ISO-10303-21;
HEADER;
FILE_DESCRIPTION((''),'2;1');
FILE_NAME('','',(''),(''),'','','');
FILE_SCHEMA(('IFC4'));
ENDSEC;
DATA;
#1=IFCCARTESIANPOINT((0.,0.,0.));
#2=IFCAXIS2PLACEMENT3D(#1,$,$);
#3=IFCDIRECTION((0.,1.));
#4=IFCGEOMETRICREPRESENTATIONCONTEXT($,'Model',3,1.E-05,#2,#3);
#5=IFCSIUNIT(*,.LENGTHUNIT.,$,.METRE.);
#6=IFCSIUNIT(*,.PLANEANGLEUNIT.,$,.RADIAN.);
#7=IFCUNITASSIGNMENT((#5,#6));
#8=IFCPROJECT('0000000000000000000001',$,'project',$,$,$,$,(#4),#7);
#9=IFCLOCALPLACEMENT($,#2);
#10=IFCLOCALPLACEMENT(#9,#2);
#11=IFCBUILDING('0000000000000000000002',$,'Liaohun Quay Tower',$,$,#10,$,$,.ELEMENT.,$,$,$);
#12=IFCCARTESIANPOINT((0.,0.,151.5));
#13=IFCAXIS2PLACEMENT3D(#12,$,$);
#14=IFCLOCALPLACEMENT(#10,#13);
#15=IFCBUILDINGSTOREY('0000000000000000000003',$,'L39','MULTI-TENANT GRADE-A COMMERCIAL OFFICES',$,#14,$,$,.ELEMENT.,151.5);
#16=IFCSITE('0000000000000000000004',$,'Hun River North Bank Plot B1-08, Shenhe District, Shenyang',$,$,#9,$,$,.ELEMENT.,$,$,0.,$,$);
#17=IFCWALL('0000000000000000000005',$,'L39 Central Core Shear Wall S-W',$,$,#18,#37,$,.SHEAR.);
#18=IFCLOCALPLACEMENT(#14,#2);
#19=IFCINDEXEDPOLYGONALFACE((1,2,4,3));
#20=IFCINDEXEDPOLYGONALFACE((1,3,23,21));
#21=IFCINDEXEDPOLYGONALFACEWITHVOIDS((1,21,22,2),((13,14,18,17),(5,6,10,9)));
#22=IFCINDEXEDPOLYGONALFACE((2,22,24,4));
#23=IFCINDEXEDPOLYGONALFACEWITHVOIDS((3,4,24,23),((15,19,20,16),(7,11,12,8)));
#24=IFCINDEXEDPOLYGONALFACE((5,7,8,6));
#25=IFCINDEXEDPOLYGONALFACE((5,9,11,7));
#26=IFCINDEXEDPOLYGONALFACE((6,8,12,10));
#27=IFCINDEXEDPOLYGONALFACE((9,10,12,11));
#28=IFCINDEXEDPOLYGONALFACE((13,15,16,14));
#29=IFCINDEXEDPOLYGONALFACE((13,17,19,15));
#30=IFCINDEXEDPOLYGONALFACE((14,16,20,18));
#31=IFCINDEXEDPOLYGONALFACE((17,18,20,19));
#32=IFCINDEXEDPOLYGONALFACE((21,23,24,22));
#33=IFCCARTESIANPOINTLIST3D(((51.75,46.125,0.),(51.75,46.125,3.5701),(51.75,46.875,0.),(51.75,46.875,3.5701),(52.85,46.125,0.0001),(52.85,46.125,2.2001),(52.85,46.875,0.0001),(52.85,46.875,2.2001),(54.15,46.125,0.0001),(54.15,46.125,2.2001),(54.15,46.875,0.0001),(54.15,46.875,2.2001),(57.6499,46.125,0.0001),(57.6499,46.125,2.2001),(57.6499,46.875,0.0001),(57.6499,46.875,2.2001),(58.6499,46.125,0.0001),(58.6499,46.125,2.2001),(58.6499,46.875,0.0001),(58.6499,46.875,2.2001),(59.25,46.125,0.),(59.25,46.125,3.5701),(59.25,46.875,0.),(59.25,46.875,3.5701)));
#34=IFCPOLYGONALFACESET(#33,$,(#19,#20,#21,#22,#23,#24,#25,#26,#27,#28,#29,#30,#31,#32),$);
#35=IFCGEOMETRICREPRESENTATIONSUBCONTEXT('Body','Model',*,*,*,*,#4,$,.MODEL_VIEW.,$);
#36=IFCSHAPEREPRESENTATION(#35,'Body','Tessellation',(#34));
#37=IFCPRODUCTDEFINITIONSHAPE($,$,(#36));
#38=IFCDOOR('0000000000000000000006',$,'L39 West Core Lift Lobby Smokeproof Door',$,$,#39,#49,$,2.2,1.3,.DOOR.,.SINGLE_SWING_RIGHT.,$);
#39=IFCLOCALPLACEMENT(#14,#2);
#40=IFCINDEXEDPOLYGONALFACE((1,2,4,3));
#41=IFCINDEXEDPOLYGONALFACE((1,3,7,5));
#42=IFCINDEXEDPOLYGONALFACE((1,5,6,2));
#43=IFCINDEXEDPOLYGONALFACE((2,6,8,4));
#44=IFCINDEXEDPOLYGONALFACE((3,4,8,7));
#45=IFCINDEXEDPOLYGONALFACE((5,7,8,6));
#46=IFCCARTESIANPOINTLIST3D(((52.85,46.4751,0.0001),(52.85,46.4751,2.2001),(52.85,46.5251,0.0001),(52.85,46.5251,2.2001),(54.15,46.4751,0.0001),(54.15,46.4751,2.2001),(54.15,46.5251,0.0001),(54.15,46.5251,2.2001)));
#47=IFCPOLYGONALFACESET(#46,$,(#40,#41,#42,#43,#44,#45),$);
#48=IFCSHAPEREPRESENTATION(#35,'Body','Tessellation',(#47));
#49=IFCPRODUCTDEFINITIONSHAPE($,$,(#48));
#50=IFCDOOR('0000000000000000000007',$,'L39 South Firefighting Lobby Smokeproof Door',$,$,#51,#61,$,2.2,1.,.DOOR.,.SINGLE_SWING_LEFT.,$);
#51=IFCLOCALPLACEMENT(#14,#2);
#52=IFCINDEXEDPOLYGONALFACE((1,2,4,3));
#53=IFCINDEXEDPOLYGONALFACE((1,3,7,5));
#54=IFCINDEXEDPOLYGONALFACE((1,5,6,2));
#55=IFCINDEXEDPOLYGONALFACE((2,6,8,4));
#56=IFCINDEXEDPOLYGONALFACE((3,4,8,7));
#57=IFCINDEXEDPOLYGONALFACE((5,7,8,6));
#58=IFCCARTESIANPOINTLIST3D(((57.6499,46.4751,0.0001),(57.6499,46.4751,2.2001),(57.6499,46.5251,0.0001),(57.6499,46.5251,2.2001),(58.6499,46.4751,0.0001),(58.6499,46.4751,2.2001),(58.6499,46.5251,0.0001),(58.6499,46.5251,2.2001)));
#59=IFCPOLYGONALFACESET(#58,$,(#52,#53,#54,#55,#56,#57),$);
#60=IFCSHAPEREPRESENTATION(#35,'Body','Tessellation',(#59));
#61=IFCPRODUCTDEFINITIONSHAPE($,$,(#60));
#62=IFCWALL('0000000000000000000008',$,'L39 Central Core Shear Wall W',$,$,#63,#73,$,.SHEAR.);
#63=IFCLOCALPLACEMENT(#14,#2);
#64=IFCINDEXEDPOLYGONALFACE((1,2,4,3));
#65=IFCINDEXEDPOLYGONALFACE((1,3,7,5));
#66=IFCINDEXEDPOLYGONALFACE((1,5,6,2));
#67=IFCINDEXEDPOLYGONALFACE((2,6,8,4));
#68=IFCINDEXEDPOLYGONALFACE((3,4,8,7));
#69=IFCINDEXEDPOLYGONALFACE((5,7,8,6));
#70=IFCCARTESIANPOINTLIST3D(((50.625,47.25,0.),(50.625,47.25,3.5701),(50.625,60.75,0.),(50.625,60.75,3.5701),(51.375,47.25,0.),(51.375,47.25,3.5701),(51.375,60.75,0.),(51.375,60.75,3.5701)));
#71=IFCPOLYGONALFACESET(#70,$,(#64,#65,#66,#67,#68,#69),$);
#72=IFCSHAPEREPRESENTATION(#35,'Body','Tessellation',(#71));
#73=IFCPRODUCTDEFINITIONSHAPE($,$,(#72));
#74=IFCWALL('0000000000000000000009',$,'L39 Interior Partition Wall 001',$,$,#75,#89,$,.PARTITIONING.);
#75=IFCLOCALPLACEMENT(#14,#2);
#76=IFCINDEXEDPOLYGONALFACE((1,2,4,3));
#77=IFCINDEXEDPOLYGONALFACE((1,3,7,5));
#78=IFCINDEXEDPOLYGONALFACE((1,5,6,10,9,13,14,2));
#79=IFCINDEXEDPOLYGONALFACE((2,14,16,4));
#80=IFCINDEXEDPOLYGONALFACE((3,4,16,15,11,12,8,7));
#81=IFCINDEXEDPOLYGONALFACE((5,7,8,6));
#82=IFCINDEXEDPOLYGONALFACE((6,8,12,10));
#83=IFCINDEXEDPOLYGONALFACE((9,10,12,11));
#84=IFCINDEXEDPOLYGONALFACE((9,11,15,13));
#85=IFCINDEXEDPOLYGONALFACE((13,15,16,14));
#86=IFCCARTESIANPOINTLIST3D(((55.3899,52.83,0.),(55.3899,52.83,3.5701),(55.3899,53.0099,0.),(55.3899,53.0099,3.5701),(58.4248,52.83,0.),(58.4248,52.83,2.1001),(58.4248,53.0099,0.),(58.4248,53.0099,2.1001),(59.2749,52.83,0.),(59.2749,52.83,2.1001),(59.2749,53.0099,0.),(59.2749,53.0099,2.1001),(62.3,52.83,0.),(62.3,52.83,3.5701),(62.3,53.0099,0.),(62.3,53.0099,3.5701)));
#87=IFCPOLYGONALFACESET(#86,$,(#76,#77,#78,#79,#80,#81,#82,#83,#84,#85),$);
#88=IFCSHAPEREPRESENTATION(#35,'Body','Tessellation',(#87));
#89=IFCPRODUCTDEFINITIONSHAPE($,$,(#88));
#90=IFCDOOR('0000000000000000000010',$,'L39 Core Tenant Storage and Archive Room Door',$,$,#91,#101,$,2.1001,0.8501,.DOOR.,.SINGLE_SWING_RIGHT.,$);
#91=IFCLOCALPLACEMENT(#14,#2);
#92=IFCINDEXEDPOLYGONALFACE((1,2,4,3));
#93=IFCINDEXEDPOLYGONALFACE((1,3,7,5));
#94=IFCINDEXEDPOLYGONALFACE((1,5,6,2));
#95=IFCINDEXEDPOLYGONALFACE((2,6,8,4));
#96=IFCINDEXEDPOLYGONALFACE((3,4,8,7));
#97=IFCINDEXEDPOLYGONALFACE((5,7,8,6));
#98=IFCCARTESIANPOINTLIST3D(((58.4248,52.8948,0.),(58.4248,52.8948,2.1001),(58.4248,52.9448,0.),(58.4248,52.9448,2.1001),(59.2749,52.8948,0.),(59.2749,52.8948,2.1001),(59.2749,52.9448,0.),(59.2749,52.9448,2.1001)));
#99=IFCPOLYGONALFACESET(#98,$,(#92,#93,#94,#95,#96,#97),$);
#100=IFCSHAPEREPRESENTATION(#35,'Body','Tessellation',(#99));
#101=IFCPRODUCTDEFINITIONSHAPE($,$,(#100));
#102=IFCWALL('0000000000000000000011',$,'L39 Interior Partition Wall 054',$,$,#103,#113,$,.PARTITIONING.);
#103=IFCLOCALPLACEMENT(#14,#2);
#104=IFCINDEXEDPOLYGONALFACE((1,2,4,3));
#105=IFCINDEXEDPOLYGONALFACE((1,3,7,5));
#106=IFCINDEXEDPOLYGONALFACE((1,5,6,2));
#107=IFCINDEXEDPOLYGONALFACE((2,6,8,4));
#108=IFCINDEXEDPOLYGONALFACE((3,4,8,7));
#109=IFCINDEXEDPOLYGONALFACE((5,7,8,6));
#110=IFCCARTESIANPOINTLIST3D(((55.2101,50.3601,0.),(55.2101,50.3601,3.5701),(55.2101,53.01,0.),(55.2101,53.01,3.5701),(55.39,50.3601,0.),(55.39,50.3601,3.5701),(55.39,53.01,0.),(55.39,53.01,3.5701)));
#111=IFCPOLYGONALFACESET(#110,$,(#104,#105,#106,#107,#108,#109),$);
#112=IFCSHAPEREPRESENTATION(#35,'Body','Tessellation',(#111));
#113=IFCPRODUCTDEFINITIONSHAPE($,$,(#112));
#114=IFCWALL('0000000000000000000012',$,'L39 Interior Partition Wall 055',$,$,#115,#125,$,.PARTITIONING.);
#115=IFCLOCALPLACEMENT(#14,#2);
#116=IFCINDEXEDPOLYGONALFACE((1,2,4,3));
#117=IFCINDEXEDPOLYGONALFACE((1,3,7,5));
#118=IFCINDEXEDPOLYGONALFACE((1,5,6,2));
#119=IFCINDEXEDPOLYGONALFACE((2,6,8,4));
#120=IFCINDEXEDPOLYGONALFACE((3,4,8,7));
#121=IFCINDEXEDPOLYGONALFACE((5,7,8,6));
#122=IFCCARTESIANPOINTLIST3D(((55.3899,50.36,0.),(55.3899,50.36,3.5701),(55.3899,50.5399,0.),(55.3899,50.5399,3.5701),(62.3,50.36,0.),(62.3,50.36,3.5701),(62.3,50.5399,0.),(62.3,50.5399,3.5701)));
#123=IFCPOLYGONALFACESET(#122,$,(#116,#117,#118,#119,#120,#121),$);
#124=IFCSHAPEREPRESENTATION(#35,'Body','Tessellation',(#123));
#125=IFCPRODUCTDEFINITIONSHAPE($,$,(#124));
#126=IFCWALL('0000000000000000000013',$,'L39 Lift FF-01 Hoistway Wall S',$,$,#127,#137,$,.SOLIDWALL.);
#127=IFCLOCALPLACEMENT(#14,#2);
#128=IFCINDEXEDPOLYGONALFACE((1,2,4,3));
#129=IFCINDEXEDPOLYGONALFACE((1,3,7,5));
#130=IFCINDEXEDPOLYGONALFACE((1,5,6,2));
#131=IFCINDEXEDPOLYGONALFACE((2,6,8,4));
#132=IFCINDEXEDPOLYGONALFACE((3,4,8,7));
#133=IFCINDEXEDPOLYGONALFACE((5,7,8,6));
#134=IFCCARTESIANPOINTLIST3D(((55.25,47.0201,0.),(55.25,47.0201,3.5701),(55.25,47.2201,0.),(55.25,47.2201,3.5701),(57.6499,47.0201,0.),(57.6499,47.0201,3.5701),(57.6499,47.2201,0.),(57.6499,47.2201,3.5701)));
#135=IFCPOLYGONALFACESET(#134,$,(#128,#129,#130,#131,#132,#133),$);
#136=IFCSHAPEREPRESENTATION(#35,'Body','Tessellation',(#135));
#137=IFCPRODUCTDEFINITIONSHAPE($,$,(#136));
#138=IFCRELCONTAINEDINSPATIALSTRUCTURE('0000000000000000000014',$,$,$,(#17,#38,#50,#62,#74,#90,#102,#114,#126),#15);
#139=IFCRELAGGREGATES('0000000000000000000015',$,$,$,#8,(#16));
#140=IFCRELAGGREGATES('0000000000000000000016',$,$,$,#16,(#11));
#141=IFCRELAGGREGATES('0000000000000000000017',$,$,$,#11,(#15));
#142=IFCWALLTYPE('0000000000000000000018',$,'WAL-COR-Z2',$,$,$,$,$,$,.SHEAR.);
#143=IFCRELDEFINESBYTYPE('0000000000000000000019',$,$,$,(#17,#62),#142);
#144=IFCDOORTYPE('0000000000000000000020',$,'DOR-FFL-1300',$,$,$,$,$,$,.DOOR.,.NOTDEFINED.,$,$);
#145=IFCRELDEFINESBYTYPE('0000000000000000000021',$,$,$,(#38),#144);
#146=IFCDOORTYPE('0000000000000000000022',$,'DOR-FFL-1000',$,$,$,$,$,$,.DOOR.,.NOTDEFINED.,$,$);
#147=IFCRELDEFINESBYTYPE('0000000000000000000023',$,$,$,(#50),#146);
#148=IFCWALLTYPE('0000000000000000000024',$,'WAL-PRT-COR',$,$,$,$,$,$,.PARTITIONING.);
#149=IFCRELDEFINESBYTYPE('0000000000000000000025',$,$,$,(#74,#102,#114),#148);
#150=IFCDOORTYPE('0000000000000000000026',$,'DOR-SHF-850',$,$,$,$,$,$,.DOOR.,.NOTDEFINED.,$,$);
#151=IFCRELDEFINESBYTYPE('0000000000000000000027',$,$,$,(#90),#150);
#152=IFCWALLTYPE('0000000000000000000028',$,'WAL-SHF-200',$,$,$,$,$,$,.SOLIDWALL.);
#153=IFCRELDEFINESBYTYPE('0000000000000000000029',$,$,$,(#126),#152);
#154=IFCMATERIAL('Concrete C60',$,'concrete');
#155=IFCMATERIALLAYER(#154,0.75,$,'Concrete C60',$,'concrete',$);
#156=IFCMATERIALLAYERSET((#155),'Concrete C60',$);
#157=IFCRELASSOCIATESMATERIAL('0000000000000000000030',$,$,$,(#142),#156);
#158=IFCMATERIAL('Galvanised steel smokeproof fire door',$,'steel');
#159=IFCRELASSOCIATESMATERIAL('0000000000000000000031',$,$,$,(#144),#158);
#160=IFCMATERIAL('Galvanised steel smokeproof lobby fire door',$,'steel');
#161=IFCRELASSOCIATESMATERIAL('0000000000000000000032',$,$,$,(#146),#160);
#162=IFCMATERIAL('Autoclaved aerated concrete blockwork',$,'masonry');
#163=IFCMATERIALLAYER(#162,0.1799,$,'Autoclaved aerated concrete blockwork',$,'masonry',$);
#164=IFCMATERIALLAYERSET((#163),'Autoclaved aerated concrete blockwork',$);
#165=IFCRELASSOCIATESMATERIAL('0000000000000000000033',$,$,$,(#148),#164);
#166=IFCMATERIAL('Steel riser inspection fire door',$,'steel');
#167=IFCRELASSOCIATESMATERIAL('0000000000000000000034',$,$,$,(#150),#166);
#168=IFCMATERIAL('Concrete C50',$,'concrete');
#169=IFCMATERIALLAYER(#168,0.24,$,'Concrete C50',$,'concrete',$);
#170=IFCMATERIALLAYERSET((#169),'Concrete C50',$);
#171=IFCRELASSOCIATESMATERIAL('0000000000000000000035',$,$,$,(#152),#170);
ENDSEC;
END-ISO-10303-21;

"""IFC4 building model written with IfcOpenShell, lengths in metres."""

from ifc_helpers import new_model, si_unit, direction, frame, frame_2d, origin, place, context, subcontext, project, spatial, rectangle, extrude, source, transform, mapped, material, layer, layer_set, type_object, element, fill, save


model = new_model("IFC4")

# Units and contexts
model_context = context("Model", 3, precision=1e-05, world=origin(), true_north=direction((0.0, 1.0)))
body_context = subcontext(model_context, "Body", "Model", "MODEL_VIEW")
ifc_project = project(units=[si_unit("LENGTHUNIT", "METRE"), si_unit("PLANEANGLEUNIT", "RADIAN")], contexts=[model_context])

# Site, building, storey
site_placement = place(None, origin())
site = spatial("IfcSite", under=ifc_project, at=site_placement, Name="Hun River North Bank Plot B1-08, Shenhe District, Shenyang", CompositionType="ELEMENT", RefElevation=0.0)
building_placement = place(site_placement, origin())
building = spatial("IfcBuilding", under=site, at=building_placement, Name="Liaohun Quay Tower", CompositionType="ELEMENT")
storey_placement = place(building_placement, frame((0.0, 0.0, 151.5)))
storey = spatial("IfcBuildingStorey", under=building, at=storey_placement, Name="L39", Description="MULTI-TENANT GRADE-A COMMERCIAL OFFICES", CompositionType="ELEMENT", Elevation=151.5)

# Wall, openings, doors
ifc_material_1 = material(Name="Concrete C60", Category="concrete")
ifc_layer_1 = layer(ifc_material_1, 0.75, Name="Concrete C60", Category="concrete")
ifc_layer_set_1 = layer_set([ifc_layer_1], Name="Concrete C60")
wall_type_1 = type_object("IfcWallType", Name="WAL-COR-Z2", PredefinedType="SHEAR", material=ifc_layer_set_1)
wall_1_placement = place(storey_placement, frame((59.25, 46.5, 0.0), z_axis=(0.0, 0.0, 1.0), x_axis=(-1.0, 0.0, 0.0)))
wall_1 = element("IfcWall", 1, at=wall_1_placement, inside=storey, type_object=wall_type_1, Name="L39 Central Core Shear Wall S-W", PredefinedType="SHEAR", context=body_context, shape_type="SweptSolid", body=[
    extrude(rectangle(XDim=7.5, YDim=0.75, at=frame_2d((3.75, 0.0))), origin(), (0.0, 0.0, 1.0), 3.5701),
])
shared_shape_1 = source(origin(), body_context, "Body", "SweptSolid", [
    extrude(rectangle(XDim=1.3, YDim=2.2, at=frame_2d((0.6499, 1.1001))), frame((0.0, 0.385, 0.0), z_axis=(0.0, -1.0, 0.0), x_axis=(1.0, 0.0, 0.0)), (0.0, 0.0, 1.0), 0.77),
])
opening_1_placement = place(wall_1_placement, frame((5.1001, 0.0, 0.0)))
opening_1 = element("IfcOpeningElement", 2, at=opening_1_placement, cuts=wall_1, PredefinedType="OPENING", context=body_context, shape_type="MappedRepresentation", body=[
    mapped(shared_shape_1, transform((0.0, 0.0, 0.0), x_axis=(1.0, 0.0, 0.0), y_axis=(0.0, 1.0, 0.0), z_axis=(0.0, 0.0, 1.0), scale=1.0)),
])
shared_shape_2 = source(origin(), body_context, "Body", "SweptSolid", [
    extrude(rectangle(XDim=1.0, YDim=2.2, at=frame_2d((0.5, 1.1001))), frame((0.0, 0.385, 0.0), z_axis=(0.0, -1.0, 0.0), x_axis=(1.0, 0.0, 0.0)), (0.0, 0.0, 1.0), 0.77),
])
opening_2_placement = place(wall_1_placement, frame((0.6001, 0.0, 0.0)))
opening_2 = element("IfcOpeningElement", 3, at=opening_2_placement, cuts=wall_1, PredefinedType="OPENING", context=body_context, shape_type="MappedRepresentation", body=[
    mapped(shared_shape_2, transform((0.0, 0.0, 0.0), x_axis=(1.0, 0.0, 0.0), y_axis=(0.0, 1.0, 0.0), z_axis=(0.0, 0.0, 1.0), scale=1.0)),
])
ifc_material_2 = material(Name="Galvanised steel smokeproof fire door", Category="steel")
door_type_1 = type_object("IfcDoorType", Name="DOR-FFL-1300", OperationType="NOTDEFINED", PredefinedType="DOOR", material=ifc_material_2)
shared_shape_3 = source(origin(), body_context, "Body", "SweptSolid", [
    extrude(rectangle(XDim=1.3, YDim=2.2, at=frame_2d((0.6499, 1.1001))), frame((0.0, 0.0249, 0.0), z_axis=(0.0, -1.0, 0.0), x_axis=(1.0, 0.0, 0.0)), (0.0, 0.0, 1.0), 0.05),
])
door_1_placement = place(opening_1_placement, origin())
door_1 = element("IfcDoor", 4, at=door_1_placement, inside=storey, type_object=door_type_1, Name="L39 West Core Lift Lobby Smokeproof Door", OperationType="SINGLE_SWING_RIGHT", OverallHeight=2.2, OverallWidth=1.3, PredefinedType="DOOR", context=body_context, shape_type="MappedRepresentation", body=[
    mapped(shared_shape_3, transform((0.0, 0.0, 0.0), x_axis=(1.0, 0.0, 0.0), y_axis=(0.0, 1.0, 0.0), z_axis=(0.0, 0.0, 1.0), scale=1.0)),
])
fill(opening_1, door_1)
ifc_material_3 = material(Name="Galvanised steel smokeproof lobby fire door", Category="steel")
door_type_2 = type_object("IfcDoorType", Name="DOR-FFL-1000", OperationType="NOTDEFINED", PredefinedType="DOOR", material=ifc_material_3)
shared_shape_4 = source(origin(), body_context, "Body", "SweptSolid", [
    extrude(rectangle(XDim=1.0, YDim=2.2, at=frame_2d((0.5, 1.1001))), frame((0.0, 0.0249, 0.0), z_axis=(0.0, -1.0, 0.0), x_axis=(1.0, 0.0, 0.0)), (0.0, 0.0, 1.0), 0.05),
])
door_2_placement = place(opening_2_placement, origin())
door_2 = element("IfcDoor", 5, at=door_2_placement, inside=storey, type_object=door_type_2, Name="L39 South Firefighting Lobby Smokeproof Door", OperationType="SINGLE_SWING_LEFT", OverallHeight=2.2, OverallWidth=1.0, PredefinedType="DOOR", context=body_context, shape_type="MappedRepresentation", body=[
    mapped(shared_shape_4, transform((0.0, 0.0, 0.0), x_axis=(1.0, 0.0, 0.0), y_axis=(0.0, 1.0, 0.0), z_axis=(0.0, 0.0, 1.0), scale=1.0)),
])
fill(opening_2, door_2)

# Wall
wall_2_placement = place(storey_placement, frame((51.0, 47.25, 0.0), z_axis=(0.0, 0.0, 1.0), x_axis=(0.0, 1.0, 0.0)))
element("IfcWall", 6, at=wall_2_placement, inside=storey, type_object=wall_type_1, Name="L39 Central Core Shear Wall W", PredefinedType="SHEAR", context=body_context, shape_type="SweptSolid", body=[
    extrude(rectangle(XDim=13.5, YDim=0.75, at=frame_2d((6.75, 0.0))), origin(), (0.0, 0.0, 1.0), 3.5701),
])

# Wall, opening, door
ifc_material_4 = material(Name="Autoclaved aerated concrete blockwork", Category="masonry")
ifc_layer_2 = layer(ifc_material_4, 0.1799, Name="Autoclaved aerated concrete blockwork", Category="masonry")
ifc_layer_set_2 = layer_set([ifc_layer_2], Name="Autoclaved aerated concrete blockwork")
wall_type_2 = type_object("IfcWallType", Name="WAL-PRT-COR", PredefinedType="PARTITIONING", material=ifc_layer_set_2)
wall_3_placement = place(storey_placement, frame((55.3899, 52.9199, 0.0), z_axis=(0.0, 0.0, 1.0), x_axis=(1.0, 0.0, 0.0)))
wall_3 = element("IfcWall", 7, at=wall_3_placement, inside=storey, type_object=wall_type_2, Name="L39 Interior Partition Wall 001", PredefinedType="PARTITIONING", context=body_context, shape_type="SweptSolid", body=[
    extrude(rectangle(XDim=6.9102, YDim=0.1799, at=frame_2d((3.4551, 0.0))), origin(), (0.0, 0.0, 1.0), 3.5701),
])
shared_shape_5 = source(origin(), body_context, "Body", "SweptSolid", [
    extrude(rectangle(XDim=0.8501, YDim=2.1001, at=frame_2d((0.425, 1.05))), frame((0.0, 0.0999, 0.0), z_axis=(0.0, -1.0, 0.0), x_axis=(1.0, 0.0, 0.0)), (0.0, 0.0, 1.0), 0.2),
])
opening_3_placement = place(wall_3_placement, frame((3.0349, 0.0, 0.0)))
opening_3 = element("IfcOpeningElement", 8, at=opening_3_placement, cuts=wall_3, PredefinedType="OPENING", context=body_context, shape_type="MappedRepresentation", body=[
    mapped(shared_shape_5, transform((0.0, 0.0, 0.0), x_axis=(1.0, 0.0, 0.0), y_axis=(0.0, 1.0, 0.0), z_axis=(0.0, 0.0, 1.0), scale=1.0)),
])
ifc_material_5 = material(Name="Steel riser inspection fire door", Category="steel")
door_type_3 = type_object("IfcDoorType", Name="DOR-SHF-850", OperationType="NOTDEFINED", PredefinedType="DOOR", material=ifc_material_5)
shared_shape_6 = source(origin(), body_context, "Body", "SweptSolid", [
    extrude(rectangle(XDim=0.8501, YDim=2.1001, at=frame_2d((0.425, 1.05))), frame((0.0, 0.0249, 0.0), z_axis=(0.0, -1.0, 0.0), x_axis=(1.0, 0.0, 0.0)), (0.0, 0.0, 1.0), 0.05),
])
door_3_placement = place(opening_3_placement, origin())
door_3 = element("IfcDoor", 9, at=door_3_placement, inside=storey, type_object=door_type_3, Name="L39 Core Tenant Storage and Archive Room Door", OperationType="SINGLE_SWING_RIGHT", OverallHeight=2.1001, OverallWidth=0.8501, PredefinedType="DOOR", context=body_context, shape_type="MappedRepresentation", body=[
    mapped(shared_shape_6, transform((0.0, 0.0, 0.0), x_axis=(1.0, 0.0, 0.0), y_axis=(0.0, 1.0, 0.0), z_axis=(0.0, 0.0, 1.0), scale=1.0)),
])
fill(opening_3, door_3)

# Walls
wall_4_placement = place(storey_placement, frame((55.3, 50.3601, 0.0), z_axis=(0.0, 0.0, 1.0), x_axis=(0.0, 1.0, 0.0)))
element("IfcWall", 10, at=wall_4_placement, inside=storey, type_object=wall_type_2, Name="L39 Interior Partition Wall 054", PredefinedType="PARTITIONING", context=body_context, shape_type="SweptSolid", body=[
    extrude(rectangle(XDim=2.6499, YDim=0.1799, at=frame_2d((1.325, 0.0))), origin(), (0.0, 0.0, 1.0), 3.5701),
])
wall_5_placement = place(storey_placement, frame((55.3899, 50.45, 0.0), z_axis=(0.0, 0.0, 1.0), x_axis=(1.0, 0.0, 0.0)))
element("IfcWall", 11, at=wall_5_placement, inside=storey, type_object=wall_type_2, Name="L39 Interior Partition Wall 055", PredefinedType="PARTITIONING", context=body_context, shape_type="SweptSolid", body=[
    extrude(rectangle(XDim=6.9102, YDim=0.1799, at=frame_2d((3.4551, 0.0))), origin(), (0.0, 0.0, 1.0), 3.5701),
])
ifc_material_6 = material(Name="Concrete C50", Category="concrete")
ifc_layer_3 = layer(ifc_material_6, 0.24, Name="Concrete C50", Category="concrete")
ifc_layer_set_3 = layer_set([ifc_layer_3], Name="Concrete C50")
wall_type_3 = type_object("IfcWallType", Name="WAL-SHF-200", PredefinedType="SOLIDWALL", material=ifc_layer_set_3)
wall_6_placement = place(storey_placement, frame((55.25, 47.1201, 0.0), z_axis=(0.0, 0.0, 1.0), x_axis=(1.0, 0.0, 0.0)))
element("IfcWall", 12, at=wall_6_placement, inside=storey, type_object=wall_type_3, Name="L39 Lift FF-01 Hoistway Wall S", PredefinedType="SOLIDWALL", context=body_context, shape_type="SweptSolid", body=[
    extrude(rectangle(XDim=2.3999, YDim=0.2, at=frame_2d((1.2, 0.0))), origin(), (0.0, 0.0, 1.0), 3.5701),
])

save(model, "model.ifc")
